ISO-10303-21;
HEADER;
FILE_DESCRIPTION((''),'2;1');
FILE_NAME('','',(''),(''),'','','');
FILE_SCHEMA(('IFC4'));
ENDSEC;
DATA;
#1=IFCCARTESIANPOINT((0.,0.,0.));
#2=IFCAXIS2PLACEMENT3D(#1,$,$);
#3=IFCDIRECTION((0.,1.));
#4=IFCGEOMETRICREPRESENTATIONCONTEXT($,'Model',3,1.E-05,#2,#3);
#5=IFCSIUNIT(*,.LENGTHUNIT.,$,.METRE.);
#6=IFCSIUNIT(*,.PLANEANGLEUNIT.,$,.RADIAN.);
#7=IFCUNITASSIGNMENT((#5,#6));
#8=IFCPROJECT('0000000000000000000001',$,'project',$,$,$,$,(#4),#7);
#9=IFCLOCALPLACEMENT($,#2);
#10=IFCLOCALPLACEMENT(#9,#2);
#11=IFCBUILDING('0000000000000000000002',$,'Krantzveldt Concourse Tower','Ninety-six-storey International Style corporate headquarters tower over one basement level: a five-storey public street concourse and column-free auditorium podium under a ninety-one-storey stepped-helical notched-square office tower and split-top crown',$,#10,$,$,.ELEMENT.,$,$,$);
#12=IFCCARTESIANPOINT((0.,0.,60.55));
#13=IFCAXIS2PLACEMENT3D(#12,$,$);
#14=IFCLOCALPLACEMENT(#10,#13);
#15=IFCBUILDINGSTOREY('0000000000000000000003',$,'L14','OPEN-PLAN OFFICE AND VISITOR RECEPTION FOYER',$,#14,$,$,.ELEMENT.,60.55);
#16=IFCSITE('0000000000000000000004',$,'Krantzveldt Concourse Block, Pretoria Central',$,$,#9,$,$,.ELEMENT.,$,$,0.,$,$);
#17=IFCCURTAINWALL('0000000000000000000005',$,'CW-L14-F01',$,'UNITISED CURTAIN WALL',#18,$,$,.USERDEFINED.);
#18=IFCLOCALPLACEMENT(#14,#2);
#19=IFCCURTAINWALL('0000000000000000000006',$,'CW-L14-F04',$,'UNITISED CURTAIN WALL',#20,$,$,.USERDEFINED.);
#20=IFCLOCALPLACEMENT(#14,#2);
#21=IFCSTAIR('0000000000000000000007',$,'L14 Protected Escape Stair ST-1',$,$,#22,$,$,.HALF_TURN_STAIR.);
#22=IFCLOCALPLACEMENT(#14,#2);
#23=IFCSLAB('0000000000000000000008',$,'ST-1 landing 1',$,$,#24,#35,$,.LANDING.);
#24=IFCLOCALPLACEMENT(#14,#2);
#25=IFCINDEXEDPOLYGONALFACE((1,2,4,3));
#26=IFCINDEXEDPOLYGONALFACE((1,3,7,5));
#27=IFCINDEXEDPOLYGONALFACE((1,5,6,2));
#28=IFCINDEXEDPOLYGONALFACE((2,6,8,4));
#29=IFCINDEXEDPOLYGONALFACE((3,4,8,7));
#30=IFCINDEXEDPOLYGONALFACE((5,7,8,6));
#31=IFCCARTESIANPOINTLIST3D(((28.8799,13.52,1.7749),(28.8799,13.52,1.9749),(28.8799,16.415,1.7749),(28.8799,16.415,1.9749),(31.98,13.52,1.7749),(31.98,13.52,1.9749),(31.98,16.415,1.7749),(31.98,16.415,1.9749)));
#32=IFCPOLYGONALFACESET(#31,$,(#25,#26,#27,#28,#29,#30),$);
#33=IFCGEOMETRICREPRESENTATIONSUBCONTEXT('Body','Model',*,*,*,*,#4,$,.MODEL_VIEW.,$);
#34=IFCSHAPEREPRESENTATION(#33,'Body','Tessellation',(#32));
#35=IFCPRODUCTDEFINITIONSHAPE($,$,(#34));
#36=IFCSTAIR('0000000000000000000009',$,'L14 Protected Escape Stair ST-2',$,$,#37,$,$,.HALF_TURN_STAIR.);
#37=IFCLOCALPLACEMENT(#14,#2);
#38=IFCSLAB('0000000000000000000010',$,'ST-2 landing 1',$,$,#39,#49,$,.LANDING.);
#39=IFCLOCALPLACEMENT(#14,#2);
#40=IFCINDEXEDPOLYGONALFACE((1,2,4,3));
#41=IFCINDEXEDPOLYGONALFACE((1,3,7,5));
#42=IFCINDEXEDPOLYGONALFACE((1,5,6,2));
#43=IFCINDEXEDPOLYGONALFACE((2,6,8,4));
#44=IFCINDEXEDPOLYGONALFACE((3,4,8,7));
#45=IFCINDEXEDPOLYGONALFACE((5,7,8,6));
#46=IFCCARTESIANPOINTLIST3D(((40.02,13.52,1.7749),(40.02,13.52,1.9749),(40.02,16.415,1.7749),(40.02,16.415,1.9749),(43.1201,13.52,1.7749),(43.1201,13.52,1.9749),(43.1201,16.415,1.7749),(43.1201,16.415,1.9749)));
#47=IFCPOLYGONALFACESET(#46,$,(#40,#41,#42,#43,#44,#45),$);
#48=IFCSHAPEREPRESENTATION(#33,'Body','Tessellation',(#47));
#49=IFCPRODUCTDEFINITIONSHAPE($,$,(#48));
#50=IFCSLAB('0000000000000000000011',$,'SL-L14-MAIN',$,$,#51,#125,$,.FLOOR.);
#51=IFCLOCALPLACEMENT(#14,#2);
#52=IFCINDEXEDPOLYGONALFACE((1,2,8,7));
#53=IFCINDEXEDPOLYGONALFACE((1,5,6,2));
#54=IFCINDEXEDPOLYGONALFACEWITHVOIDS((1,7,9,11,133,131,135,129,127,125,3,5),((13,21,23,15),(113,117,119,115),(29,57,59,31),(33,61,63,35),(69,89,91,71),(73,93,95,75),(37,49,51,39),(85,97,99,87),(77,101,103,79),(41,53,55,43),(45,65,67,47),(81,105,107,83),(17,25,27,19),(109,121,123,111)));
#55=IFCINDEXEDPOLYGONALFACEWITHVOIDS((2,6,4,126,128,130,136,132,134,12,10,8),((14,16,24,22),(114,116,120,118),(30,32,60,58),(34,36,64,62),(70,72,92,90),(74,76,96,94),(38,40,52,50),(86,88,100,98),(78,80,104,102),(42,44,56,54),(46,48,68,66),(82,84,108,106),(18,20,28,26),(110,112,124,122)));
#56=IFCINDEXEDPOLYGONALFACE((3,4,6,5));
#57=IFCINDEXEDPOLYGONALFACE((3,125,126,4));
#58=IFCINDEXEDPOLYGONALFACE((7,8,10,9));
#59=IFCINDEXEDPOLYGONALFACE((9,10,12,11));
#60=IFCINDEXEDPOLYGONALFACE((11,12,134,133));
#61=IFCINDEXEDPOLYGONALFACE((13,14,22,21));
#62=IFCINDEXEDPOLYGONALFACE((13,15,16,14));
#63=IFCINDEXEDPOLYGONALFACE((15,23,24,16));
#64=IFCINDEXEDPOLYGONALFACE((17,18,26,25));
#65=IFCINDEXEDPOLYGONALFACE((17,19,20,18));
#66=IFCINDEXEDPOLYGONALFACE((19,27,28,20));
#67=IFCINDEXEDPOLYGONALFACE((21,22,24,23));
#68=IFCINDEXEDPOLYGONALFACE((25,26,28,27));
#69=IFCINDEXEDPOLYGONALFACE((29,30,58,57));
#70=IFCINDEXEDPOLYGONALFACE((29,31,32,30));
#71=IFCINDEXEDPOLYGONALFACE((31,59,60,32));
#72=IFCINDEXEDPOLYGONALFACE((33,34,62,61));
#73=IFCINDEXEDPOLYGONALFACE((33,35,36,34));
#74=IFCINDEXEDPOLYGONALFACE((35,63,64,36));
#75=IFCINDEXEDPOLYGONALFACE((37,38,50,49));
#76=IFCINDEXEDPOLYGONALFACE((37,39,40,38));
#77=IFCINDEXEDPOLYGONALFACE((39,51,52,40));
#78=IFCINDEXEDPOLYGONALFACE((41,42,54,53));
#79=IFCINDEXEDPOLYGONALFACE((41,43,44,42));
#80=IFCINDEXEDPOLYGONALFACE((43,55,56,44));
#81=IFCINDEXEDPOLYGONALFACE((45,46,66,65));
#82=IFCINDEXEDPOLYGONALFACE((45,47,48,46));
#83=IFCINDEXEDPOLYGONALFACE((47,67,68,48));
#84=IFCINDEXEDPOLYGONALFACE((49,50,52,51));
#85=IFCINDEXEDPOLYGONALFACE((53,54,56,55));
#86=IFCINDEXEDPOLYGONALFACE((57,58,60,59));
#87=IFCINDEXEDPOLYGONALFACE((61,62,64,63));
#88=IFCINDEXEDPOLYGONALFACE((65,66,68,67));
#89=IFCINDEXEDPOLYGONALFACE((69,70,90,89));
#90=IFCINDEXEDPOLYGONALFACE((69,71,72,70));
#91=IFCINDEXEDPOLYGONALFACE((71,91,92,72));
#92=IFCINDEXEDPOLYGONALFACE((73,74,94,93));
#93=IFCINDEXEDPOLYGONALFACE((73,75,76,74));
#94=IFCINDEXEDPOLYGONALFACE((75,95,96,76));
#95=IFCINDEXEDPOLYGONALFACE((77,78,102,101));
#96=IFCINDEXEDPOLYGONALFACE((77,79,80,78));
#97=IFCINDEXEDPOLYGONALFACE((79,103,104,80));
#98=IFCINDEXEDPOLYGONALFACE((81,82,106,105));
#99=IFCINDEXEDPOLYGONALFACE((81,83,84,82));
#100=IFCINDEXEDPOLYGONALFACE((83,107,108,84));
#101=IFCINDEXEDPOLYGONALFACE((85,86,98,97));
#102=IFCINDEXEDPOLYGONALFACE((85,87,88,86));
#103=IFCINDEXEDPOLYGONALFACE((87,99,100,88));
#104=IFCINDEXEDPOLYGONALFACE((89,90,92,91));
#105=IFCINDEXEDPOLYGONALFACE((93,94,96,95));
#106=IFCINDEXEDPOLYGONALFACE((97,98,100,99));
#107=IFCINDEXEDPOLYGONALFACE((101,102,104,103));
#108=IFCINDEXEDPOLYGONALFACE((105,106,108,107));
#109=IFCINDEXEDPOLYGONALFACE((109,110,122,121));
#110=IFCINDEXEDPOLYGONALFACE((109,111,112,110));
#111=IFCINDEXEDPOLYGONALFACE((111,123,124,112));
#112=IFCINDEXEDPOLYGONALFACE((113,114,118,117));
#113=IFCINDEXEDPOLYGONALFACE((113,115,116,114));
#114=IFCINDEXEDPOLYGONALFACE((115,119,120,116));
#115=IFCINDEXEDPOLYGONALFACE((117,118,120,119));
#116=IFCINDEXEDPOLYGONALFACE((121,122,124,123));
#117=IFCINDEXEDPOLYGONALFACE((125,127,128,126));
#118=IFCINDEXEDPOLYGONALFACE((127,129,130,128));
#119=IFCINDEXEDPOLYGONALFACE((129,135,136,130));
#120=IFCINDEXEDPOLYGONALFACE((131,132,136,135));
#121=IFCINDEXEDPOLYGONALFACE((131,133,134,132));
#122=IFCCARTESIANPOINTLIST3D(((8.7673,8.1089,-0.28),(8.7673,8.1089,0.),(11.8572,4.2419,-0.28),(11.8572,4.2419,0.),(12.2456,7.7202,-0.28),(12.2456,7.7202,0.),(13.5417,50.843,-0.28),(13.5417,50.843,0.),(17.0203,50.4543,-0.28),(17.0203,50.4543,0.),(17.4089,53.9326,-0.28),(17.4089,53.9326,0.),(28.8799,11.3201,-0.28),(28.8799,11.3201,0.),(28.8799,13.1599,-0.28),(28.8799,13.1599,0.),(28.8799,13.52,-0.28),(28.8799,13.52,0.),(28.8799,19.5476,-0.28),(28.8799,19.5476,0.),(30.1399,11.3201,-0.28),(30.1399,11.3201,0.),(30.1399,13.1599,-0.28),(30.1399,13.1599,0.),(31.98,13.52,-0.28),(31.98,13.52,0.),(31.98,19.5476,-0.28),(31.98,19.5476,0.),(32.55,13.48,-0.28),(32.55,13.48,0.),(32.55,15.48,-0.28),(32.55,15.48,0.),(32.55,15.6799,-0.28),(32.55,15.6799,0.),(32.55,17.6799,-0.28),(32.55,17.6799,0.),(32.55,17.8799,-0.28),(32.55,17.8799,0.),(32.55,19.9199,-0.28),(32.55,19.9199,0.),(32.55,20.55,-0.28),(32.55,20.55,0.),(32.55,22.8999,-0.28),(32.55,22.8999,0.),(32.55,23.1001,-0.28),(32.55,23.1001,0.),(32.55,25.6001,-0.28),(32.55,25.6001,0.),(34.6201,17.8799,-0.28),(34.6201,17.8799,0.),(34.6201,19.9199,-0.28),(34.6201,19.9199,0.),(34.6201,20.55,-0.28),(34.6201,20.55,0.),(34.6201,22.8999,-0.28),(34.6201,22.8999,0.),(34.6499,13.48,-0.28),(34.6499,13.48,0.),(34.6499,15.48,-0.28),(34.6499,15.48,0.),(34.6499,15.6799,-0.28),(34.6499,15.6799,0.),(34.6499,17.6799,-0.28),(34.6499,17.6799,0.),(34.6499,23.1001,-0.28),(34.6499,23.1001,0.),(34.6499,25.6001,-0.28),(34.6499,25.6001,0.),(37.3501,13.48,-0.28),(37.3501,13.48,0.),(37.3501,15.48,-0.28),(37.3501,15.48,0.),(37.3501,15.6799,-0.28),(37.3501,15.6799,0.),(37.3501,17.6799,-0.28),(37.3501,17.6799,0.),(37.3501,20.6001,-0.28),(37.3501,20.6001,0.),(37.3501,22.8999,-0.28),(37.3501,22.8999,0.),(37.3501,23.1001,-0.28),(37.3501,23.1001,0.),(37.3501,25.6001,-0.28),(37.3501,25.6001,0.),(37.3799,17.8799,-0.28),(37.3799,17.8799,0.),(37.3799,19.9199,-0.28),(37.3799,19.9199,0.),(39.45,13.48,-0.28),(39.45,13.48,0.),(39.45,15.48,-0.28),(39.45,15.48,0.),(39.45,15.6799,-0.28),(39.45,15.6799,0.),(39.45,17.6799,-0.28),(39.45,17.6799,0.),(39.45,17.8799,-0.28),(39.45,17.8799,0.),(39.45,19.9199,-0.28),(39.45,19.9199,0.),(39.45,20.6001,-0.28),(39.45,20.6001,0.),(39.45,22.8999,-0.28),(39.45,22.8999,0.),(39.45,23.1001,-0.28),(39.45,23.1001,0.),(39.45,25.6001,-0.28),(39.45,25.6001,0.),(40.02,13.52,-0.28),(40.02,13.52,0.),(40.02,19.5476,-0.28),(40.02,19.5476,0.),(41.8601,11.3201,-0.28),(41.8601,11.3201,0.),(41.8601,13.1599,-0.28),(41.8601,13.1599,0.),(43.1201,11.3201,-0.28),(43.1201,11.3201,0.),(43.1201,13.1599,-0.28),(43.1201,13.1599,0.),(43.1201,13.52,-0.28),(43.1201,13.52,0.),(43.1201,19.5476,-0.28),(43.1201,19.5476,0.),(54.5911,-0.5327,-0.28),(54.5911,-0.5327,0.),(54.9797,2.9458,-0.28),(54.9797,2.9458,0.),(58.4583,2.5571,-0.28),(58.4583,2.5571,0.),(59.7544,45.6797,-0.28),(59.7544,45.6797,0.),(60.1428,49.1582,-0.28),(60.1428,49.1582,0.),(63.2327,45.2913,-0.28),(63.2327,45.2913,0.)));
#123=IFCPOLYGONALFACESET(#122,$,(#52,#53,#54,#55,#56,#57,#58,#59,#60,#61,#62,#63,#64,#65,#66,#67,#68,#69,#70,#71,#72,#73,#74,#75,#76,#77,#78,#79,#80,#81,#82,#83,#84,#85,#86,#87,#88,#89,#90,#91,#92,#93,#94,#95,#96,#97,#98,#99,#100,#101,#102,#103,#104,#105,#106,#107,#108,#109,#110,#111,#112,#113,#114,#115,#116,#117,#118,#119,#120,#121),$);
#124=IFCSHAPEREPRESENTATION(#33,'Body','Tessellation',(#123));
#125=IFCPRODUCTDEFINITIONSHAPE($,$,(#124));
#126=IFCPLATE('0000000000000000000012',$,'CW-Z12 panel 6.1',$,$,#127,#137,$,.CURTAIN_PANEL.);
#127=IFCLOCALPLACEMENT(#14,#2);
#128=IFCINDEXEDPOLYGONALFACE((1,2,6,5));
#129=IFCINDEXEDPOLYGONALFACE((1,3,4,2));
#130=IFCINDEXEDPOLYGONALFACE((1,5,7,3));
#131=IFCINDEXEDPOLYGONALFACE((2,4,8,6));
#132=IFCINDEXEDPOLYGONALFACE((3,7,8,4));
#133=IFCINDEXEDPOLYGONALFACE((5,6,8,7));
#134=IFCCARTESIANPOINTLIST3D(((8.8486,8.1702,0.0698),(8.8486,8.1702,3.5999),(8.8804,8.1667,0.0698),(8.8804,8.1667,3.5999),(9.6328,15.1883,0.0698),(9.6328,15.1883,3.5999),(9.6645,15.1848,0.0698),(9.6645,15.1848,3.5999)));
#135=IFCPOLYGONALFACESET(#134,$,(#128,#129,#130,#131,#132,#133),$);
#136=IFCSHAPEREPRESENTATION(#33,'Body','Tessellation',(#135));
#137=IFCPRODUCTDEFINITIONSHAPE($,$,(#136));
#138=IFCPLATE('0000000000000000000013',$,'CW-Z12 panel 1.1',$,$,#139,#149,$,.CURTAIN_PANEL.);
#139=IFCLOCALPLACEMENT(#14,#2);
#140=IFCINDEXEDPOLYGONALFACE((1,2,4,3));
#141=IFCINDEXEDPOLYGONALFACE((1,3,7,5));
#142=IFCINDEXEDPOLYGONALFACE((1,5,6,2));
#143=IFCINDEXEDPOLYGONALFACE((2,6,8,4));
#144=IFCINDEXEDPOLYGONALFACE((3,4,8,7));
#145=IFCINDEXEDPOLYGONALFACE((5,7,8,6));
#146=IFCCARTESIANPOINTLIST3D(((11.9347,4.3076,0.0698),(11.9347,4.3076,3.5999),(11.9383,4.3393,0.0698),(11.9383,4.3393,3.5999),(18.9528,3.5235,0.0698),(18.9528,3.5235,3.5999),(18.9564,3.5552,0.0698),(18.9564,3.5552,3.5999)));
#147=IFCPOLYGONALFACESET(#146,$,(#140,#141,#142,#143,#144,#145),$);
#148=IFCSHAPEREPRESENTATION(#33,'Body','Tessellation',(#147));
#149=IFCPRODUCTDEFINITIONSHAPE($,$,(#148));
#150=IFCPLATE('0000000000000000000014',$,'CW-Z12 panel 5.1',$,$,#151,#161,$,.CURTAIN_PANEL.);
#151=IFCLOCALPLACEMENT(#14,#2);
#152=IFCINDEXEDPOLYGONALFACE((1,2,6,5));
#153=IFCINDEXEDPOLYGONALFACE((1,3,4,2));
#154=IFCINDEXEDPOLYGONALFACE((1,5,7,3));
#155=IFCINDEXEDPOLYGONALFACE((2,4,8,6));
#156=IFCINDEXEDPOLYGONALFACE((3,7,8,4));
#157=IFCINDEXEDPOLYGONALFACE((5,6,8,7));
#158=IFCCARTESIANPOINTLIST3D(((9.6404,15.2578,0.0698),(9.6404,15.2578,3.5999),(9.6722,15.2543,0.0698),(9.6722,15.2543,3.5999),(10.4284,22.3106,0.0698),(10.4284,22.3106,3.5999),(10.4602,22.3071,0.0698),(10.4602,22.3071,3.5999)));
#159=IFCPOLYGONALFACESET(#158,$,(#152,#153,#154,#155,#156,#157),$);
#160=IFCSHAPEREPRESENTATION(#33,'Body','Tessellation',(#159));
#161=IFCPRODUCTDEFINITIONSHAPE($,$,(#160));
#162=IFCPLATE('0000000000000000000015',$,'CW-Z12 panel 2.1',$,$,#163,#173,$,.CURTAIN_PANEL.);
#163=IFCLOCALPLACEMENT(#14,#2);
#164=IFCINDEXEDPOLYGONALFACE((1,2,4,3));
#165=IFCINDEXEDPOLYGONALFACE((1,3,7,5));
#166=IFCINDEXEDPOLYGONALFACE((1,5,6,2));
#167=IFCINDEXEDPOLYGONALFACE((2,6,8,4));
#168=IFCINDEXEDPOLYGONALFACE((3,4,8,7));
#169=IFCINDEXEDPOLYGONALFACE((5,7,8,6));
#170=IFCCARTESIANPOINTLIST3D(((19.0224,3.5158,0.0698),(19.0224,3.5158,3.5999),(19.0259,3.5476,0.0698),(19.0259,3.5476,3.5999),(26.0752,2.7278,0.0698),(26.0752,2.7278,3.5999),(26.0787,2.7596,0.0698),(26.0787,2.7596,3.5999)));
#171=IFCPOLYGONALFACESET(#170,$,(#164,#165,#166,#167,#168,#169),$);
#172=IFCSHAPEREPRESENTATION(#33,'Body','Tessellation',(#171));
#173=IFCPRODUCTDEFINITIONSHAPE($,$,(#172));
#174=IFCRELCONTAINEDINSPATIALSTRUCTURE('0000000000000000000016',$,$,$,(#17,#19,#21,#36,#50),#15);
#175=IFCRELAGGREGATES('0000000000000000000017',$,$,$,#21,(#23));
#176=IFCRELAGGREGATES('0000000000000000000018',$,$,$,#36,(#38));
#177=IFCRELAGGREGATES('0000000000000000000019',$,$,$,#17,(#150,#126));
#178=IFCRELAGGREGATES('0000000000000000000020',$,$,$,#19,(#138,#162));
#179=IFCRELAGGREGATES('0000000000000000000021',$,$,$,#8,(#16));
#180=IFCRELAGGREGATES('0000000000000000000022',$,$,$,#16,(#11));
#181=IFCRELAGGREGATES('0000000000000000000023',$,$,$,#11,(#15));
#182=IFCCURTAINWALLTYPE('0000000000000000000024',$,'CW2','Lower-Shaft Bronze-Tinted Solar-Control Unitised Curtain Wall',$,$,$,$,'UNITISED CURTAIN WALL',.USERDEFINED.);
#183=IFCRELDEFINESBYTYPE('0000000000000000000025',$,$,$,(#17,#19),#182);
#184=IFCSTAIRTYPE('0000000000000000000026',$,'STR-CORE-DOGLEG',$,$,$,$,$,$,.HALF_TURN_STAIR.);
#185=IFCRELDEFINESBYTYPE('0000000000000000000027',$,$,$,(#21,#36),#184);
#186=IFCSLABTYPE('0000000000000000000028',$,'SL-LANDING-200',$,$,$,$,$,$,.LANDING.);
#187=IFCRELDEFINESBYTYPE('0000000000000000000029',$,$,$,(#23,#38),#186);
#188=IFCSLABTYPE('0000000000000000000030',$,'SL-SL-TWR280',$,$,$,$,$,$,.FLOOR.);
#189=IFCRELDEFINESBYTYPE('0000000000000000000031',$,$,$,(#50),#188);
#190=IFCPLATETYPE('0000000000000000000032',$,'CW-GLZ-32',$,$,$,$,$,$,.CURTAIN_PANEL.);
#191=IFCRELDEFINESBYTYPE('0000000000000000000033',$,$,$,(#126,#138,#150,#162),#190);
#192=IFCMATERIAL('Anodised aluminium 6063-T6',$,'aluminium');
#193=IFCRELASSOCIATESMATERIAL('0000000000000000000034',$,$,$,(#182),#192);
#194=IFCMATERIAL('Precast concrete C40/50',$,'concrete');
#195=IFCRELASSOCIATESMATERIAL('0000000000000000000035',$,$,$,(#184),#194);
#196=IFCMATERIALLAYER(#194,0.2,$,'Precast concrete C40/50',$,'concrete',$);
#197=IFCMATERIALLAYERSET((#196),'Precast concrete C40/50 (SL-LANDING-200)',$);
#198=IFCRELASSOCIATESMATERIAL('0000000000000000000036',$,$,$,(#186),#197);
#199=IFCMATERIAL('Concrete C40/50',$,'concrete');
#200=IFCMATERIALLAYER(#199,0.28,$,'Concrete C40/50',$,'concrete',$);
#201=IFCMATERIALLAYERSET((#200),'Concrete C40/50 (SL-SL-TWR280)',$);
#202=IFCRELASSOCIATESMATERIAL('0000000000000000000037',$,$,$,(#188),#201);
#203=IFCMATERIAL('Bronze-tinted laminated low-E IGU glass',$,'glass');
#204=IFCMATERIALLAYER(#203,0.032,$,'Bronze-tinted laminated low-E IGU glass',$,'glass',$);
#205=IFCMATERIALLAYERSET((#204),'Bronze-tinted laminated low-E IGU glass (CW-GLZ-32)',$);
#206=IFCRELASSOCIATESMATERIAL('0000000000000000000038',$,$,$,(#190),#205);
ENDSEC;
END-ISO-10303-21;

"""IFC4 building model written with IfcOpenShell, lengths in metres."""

from ifc_helpers import new_model, si_unit, direction, frame, origin, origin_2d, place, context, subcontext, project, spatial, polyline, rectangle, outline, extrude, source, transform, mapped, material, layer, layer_set, type_object, type_shapes, element, aggregate, save


model = new_model("IFC4")

# Units and contexts
model_context = context("Model", 3, precision=1e-05, world=origin(), true_north=direction((0.0, 1.0)))
body_context = subcontext(model_context, "Body", "Model", "MODEL_VIEW")
ifc_project = project(units=[si_unit("LENGTHUNIT", "METRE"), si_unit("PLANEANGLEUNIT", "RADIAN")], contexts=[model_context])

# Site, building, storey
site_placement = place(None, origin())
site = spatial("IfcSite", under=ifc_project, at=site_placement, Name="Krantzveldt Concourse Block, Pretoria Central", CompositionType="ELEMENT", RefElevation=0.0)
building_placement = place(site_placement, origin())
building = spatial("IfcBuilding", under=site, at=building_placement, Name="Krantzveldt Concourse Tower", Description="Ninety-six-storey International Style corporate headquarters tower over one basement level: a five-storey public street concourse and column-free auditorium podium under a ninety-one-storey stepped-helical notched-square office tower and split-top crown", CompositionType="ELEMENT")
storey_placement = place(building_placement, frame((0.0, 0.0, 60.55)))
storey = spatial("IfcBuildingStorey", under=building, at=storey_placement, Name="L14", Description="OPEN-PLAN OFFICE AND VISITOR RECEPTION FOYER", CompositionType="ELEMENT", Elevation=60.55)

# Curtain walls
ifc_material_1 = material(Name="Anodised aluminium 6063-T6", Category="aluminium")
curtain_wall_type = type_object("IfcCurtainWallType", Name="CW2", Description="Lower-Shaft Bronze-Tinted Solar-Control Unitised Curtain Wall", ElementType="UNITISED CURTAIN WALL", PredefinedType="USERDEFINED", material=ifc_material_1)
curtain_wall_1_placement = place(storey_placement, origin())
curtain_wall_1 = element("IfcCurtainWall", 1, at=curtain_wall_1_placement, inside=storey, type_object=curtain_wall_type, Name="CW-L14-F01", ObjectType="UNITISED CURTAIN WALL", PredefinedType="USERDEFINED")
curtain_wall_2_placement = place(storey_placement, origin())
curtain_wall_2 = element("IfcCurtainWall", 2, at=curtain_wall_2_placement, inside=storey, type_object=curtain_wall_type, Name="CW-L14-F04", ObjectType="UNITISED CURTAIN WALL", PredefinedType="USERDEFINED")

# Stairs, slabs
ifc_material_2 = material(Name="Precast concrete C40/50", Category="concrete")
stair_type = type_object("IfcStairType", Name="STR-CORE-DOGLEG", PredefinedType="HALF_TURN_STAIR", material=ifc_material_2)
stair_1_placement = place(storey_placement, origin())
stair_1 = element("IfcStair", 3, at=stair_1_placement, inside=storey, type_object=stair_type, Name="L14 Protected Escape Stair ST-1", PredefinedType="HALF_TURN_STAIR")
ifc_layer_1 = layer(ifc_material_2, 0.2, Name="Precast concrete C40/50", Category="concrete")
ifc_layer_set_1 = layer_set([ifc_layer_1], Name="Precast concrete C40/50 (SL-LANDING-200)")
slab_type_1 = type_object("IfcSlabType", Name="SL-LANDING-200", PredefinedType="LANDING", material=ifc_layer_set_1)
slab_1_placement = place(storey_placement, frame((0.0, 0.0, 1.7749)))
slab_1 = element("IfcSlab", 4, at=slab_1_placement, type_object=slab_type_1, Name="ST-1 landing 1", PredefinedType="LANDING", context=body_context, shape_type="SweptSolid", body=[
    extrude(outline(polyline([(28.8799, 16.415), (28.8799, 13.52), (31.98, 13.52), (31.98, 16.415), (28.8799, 16.415)])), origin(), (0.0, 0.0, 1.0), 0.2),
])
aggregate(stair_1, [slab_1])
stair_2_placement = place(storey_placement, origin())
stair_2 = element("IfcStair", 5, at=stair_2_placement, inside=storey, type_object=stair_type, Name="L14 Protected Escape Stair ST-2", PredefinedType="HALF_TURN_STAIR")
slab_2_placement = place(storey_placement, frame((0.0, 0.0, 1.7749)))
slab_2 = element("IfcSlab", 6, at=slab_2_placement, type_object=slab_type_1, Name="ST-2 landing 1", PredefinedType="LANDING", context=body_context, shape_type="SweptSolid", body=[
    extrude(outline(polyline([(40.02, 16.415), (40.02, 13.52), (43.1201, 13.52), (43.1201, 16.415), (40.02, 16.415)])), origin(), (0.0, 0.0, 1.0), 0.2),
])
aggregate(stair_2, [slab_2])

# Slab
ifc_material_3 = material(Name="Concrete C40/50", Category="concrete")
ifc_layer_2 = layer(ifc_material_3, 0.28, Name="Concrete C40/50", Category="concrete")
ifc_layer_set_2 = layer_set([ifc_layer_2], Name="Concrete C40/50 (SL-SL-TWR280)")
slab_type_2 = type_object("IfcSlabType", Name="SL-SL-TWR280", PredefinedType="FLOOR", material=ifc_layer_set_2)
slab_3_placement = place(storey_placement, frame((0.0, 0.0, -0.28)))
element("IfcSlab", 7, at=slab_3_placement, inside=storey, type_object=slab_type_2, Name="SL-L14-MAIN", PredefinedType="FLOOR", context=body_context, shape_type="SweptSolid", body=[
    extrude(outline(polyline([(17.0203, 50.4543), (13.5417, 50.843), (8.7673, 8.1089), (12.2456, 7.7202), (11.8572, 4.2419), (54.5911, -0.5327), (54.9797, 2.9458), (58.4583, 2.5571), (63.2327, 45.2913), (59.7544, 45.6797), (60.1428, 49.1582), (17.4089, 53.9326), (17.0203, 50.4543)]), holes=[polyline([(28.8799, 19.5476), (28.8799, 13.52), (31.98, 13.52), (31.98, 19.5476), (28.8799, 19.5476)]), polyline([(40.02, 19.5476), (40.02, 13.52), (43.1201, 13.52), (43.1201, 19.5476), (40.02, 19.5476)]), polyline([(32.55, 23.1001), (34.6499, 23.1001), (34.6499, 25.6001), (32.55, 25.6001), (32.55, 23.1001)]), polyline([(37.3501, 23.1001), (39.45, 23.1001), (39.45, 25.6001), (37.3501, 25.6001), (37.3501, 23.1001)]), polyline([(37.3501, 20.6001), (39.45, 20.6001), (39.45, 22.8999), (37.3501, 22.8999), (37.3501, 20.6001)]), polyline([(32.55, 13.48), (34.6499, 13.48), (34.6499, 15.48), (32.55, 15.48), (32.55, 13.48)]), polyline([(32.55, 15.6799), (34.6499, 15.6799), (34.6499, 17.6799), (32.55, 17.6799), (32.55, 15.6799)]), polyline([(37.3501, 13.48), (39.45, 13.48), (39.45, 15.48), (37.3501, 15.48), (37.3501, 13.48)]), polyline([(37.3501, 15.6799), (39.45, 15.6799), (39.45, 17.6799), (37.3501, 17.6799), (37.3501, 15.6799)]), polyline([(32.55, 20.55), (34.6201, 20.55), (34.6201, 22.8999), (32.55, 22.8999), (32.55, 20.55)]), polyline([(32.55, 17.8799), (34.6201, 17.8799), (34.6201, 19.9199), (32.55, 19.9199), (32.55, 17.8799)]), polyline([(37.3799, 17.8799), (39.45, 17.8799), (39.45, 19.9199), (37.3799, 19.9199), (37.3799, 17.8799)]), polyline([(28.8799, 11.3201), (30.1399, 11.3201), (30.1399, 13.1599), (28.8799, 13.1599), (28.8799, 11.3201)]), polyline([(41.8601, 11.3201), (43.1201, 11.3201), (43.1201, 13.1599), (41.8601, 13.1599), (41.8601, 11.3201)])]), origin(), (0.0, 0.0, 1.0), 0.28),
])

# Plates
ifc_material_4 = material(Name="Bronze-tinted laminated low-E IGU glass", Category="glass")
ifc_layer_3 = layer(ifc_material_4, 0.032, Name="Bronze-tinted laminated low-E IGU glass", Category="glass")
ifc_layer_set_3 = layer_set([ifc_layer_3], Name="Bronze-tinted laminated low-E IGU glass (CW-GLZ-32)")
plate_type = type_object("IfcPlateType", Name="CW-GLZ-32", PredefinedType="CURTAIN_PANEL", material=ifc_layer_set_3)
shared_shape_1 = source(origin(), body_context, "Body", "SweptSolid", [
    extrude(rectangle(XDim=7.0618, YDim=0.032, at=origin_2d()), origin(), (0.0, 0.0, 1.0), 3.53),
])
plate_1_placement = place(storey_placement, frame((9.2566, 11.6775, 0.0698), z_axis=(0.0, 0.0, 1.0), x_axis=(-0.111035, -0.993816, 0.0)))
plate_1 = element("IfcPlate", 8, at=plate_1_placement, type_object=plate_type, Name="CW-Z12 panel 6.1", PredefinedType="CURTAIN_PANEL", context=body_context, shape_type="MappedRepresentation", body=[
    mapped(shared_shape_1, transform((0.0, 0.0, 0.0), x_axis=(1.0, 0.0, 0.0), y_axis=(0.0, 1.0, 0.0), z_axis=(0.0, 0.0, 1.0), scale=1.0)),
])
plate_2_placement = place(storey_placement, frame((15.4456, 3.9314, 0.0698), z_axis=(0.0, 0.0, 1.0), x_axis=(0.993816, -0.111035, 0.0)))
plate_2 = element("IfcPlate", 9, at=plate_2_placement, type_object=plate_type, Name="CW-Z12 panel 1.1", PredefinedType="CURTAIN_PANEL", context=body_context, shape_type="MappedRepresentation", body=[
    mapped(shared_shape_1, transform((0.0, 0.0, 0.0), x_axis=(1.0, 0.0, 0.0), y_axis=(0.0, 1.0, 0.0), z_axis=(0.0, 0.0, 1.0), scale=1.0)),
])
shared_shape_2 = source(origin(), body_context, "Body", "SweptSolid", [
    extrude(rectangle(XDim=7.0967, YDim=0.032, at=origin_2d()), origin(), (0.0, 0.0, 1.0), 3.53),
])
type_shapes(plate_type, [shared_shape_1, shared_shape_2])
plate_3_placement = place(storey_placement, frame((10.0503, 18.7825, 0.0698), z_axis=(0.0, 0.0, 1.0), x_axis=(-0.111035, -0.993816, 0.0)))
plate_3 = element("IfcPlate", 10, at=plate_3_placement, type_object=plate_type, Name="CW-Z12 panel 5.1", PredefinedType="CURTAIN_PANEL", context=body_context, shape_type="MappedRepresentation", body=[
    mapped(shared_shape_2, transform((0.0, 0.0, 0.0), x_axis=(1.0, 0.0, 0.0), y_axis=(0.0, 1.0, 0.0), z_axis=(0.0, 0.0, 1.0), scale=1.0)),
])
aggregate(curtain_wall_1, [plate_3, plate_1])
plate_4_placement = place(storey_placement, frame((22.5505, 3.1377, 0.0698), z_axis=(0.0, 0.0, 1.0), x_axis=(0.993816, -0.111035, 0.0)))
plate_4 = element("IfcPlate", 11, at=plate_4_placement, type_object=plate_type, Name="CW-Z12 panel 2.1", PredefinedType="CURTAIN_PANEL", context=body_context, shape_type="MappedRepresentation", body=[
    mapped(shared_shape_2, transform((0.0, 0.0, 0.0), x_axis=(1.0, 0.0, 0.0), y_axis=(0.0, 1.0, 0.0), z_axis=(0.0, 0.0, 1.0), scale=1.0)),
])
aggregate(curtain_wall_2, [plate_2, plate_4])

save(model, "model.ifc")
